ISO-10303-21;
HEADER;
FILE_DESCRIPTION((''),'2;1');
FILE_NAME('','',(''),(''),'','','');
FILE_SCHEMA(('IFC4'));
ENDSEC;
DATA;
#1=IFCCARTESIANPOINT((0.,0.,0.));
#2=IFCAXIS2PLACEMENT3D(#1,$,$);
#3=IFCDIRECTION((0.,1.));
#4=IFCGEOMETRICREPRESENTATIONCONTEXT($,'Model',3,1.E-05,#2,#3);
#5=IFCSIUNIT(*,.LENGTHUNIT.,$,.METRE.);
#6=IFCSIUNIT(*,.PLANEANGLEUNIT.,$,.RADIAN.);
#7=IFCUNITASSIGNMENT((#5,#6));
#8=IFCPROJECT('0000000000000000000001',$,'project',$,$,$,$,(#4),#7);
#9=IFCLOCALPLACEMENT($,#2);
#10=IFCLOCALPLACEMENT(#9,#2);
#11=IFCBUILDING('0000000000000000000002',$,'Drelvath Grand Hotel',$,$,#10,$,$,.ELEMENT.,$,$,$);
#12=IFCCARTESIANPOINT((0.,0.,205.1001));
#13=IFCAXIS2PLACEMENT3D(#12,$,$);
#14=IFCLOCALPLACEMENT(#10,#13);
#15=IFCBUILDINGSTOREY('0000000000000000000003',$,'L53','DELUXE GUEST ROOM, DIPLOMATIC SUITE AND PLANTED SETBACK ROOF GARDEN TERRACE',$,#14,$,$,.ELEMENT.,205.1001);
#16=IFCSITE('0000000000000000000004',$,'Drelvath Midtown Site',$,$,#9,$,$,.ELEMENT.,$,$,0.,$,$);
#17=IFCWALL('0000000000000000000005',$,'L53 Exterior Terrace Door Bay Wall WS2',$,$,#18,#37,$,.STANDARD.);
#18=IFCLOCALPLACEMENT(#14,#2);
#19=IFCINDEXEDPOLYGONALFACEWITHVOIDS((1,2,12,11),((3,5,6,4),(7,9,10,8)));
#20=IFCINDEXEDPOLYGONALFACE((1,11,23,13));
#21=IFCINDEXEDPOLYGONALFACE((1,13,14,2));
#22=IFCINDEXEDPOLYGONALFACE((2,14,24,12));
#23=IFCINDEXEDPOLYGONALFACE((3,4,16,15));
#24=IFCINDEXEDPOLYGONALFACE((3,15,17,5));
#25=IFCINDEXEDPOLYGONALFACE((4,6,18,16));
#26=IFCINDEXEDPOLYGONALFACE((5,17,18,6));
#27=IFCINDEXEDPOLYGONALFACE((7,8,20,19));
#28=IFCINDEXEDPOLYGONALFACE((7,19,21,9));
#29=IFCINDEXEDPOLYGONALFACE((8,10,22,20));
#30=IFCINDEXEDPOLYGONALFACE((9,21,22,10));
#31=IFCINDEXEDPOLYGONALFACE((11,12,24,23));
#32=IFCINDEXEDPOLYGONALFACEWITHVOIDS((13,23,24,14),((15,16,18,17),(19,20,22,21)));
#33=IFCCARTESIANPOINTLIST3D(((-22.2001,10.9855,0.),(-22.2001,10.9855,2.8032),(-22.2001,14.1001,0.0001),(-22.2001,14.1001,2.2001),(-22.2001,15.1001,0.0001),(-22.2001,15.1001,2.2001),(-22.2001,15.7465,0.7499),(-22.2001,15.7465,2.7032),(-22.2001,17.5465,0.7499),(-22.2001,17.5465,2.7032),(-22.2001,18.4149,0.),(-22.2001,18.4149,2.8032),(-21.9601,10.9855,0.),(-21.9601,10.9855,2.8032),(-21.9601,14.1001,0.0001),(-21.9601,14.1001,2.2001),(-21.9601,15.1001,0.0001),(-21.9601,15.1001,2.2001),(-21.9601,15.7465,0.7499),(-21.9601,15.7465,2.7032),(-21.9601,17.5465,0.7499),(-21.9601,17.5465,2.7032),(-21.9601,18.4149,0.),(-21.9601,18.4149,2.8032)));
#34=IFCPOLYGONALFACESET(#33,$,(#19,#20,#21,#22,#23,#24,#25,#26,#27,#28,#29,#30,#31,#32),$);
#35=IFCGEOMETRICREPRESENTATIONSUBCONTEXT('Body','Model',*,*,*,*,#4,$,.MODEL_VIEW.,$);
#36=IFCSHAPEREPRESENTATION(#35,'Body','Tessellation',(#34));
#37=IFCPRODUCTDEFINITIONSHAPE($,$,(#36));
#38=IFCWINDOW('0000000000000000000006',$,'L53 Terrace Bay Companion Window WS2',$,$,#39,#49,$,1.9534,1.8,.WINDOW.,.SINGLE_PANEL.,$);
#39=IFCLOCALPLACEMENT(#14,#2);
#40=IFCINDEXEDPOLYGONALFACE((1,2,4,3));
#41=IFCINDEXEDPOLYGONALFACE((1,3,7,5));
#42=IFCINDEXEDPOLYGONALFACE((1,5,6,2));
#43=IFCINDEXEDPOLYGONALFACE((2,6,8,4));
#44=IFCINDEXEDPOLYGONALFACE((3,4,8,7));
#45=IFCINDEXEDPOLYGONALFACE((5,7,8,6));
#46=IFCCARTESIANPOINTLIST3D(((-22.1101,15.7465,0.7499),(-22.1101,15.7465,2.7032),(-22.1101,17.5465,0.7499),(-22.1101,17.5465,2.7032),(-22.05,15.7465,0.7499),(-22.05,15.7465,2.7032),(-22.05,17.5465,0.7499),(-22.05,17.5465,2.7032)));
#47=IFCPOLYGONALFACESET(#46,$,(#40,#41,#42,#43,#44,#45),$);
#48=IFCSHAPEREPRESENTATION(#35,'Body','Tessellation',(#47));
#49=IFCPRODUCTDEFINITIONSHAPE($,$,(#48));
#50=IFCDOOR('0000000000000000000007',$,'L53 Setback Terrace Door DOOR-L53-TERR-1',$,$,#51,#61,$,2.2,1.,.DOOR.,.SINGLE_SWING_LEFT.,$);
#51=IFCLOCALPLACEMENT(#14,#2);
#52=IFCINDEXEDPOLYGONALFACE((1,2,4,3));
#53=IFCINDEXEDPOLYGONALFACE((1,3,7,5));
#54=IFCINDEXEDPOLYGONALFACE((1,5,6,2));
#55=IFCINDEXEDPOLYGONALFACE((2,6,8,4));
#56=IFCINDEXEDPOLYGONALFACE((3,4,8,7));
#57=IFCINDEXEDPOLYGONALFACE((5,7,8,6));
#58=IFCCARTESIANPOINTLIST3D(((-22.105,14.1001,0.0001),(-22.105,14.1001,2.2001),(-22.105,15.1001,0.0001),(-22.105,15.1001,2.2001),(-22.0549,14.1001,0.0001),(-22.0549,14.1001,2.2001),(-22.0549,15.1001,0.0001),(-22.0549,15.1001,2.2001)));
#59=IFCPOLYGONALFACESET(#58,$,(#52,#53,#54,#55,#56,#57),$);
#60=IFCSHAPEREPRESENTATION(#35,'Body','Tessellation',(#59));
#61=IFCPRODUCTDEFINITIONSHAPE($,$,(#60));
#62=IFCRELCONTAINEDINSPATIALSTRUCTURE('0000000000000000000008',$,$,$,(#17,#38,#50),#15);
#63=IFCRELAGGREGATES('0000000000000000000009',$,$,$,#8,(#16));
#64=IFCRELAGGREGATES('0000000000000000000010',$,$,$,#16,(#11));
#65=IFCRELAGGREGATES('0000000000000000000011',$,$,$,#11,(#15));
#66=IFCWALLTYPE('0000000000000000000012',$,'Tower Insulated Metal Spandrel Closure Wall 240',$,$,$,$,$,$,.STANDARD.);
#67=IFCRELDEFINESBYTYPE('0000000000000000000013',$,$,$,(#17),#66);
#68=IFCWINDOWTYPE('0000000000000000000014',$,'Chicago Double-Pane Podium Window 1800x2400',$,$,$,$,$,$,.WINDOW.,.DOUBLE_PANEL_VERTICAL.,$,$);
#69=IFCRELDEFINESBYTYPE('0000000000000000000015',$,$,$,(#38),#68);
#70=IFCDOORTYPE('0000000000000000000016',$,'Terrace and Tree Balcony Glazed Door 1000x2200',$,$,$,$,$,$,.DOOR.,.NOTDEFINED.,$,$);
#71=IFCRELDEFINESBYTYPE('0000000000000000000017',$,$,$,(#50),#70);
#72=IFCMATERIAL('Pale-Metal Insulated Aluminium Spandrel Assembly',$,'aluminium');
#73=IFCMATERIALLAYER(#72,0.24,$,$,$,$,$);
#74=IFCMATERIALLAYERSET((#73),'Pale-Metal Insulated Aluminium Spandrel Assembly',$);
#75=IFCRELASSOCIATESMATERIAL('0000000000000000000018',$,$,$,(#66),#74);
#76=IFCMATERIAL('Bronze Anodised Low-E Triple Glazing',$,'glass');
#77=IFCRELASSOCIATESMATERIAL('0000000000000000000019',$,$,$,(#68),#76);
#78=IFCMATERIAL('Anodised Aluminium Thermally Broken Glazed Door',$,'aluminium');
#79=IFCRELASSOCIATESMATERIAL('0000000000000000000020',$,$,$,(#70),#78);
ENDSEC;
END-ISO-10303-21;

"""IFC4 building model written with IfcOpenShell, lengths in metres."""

from ifc_helpers import new_model, si_unit, direction, frame, frame_2d, origin, place, context, subcontext, project, spatial, rectangle, extrude, material, layer, layer_set, type_object, element, fill, save


model = new_model("IFC4")

# Units and contexts
model_context = context("Model", 3, precision=1e-05, world=origin(), true_north=direction((0.0, 1.0)))
body_context = subcontext(model_context, "Body", "Model", "MODEL_VIEW")
ifc_project = project(units=[si_unit("LENGTHUNIT", "METRE"), si_unit("PLANEANGLEUNIT", "RADIAN")], contexts=[model_context])

# Site, building, storey
site_placement = place(None, origin())
site = spatial("IfcSite", under=ifc_project, at=site_placement, Name="Drelvath Midtown Site", CompositionType="ELEMENT", RefElevation=0.0)
building_placement = place(site_placement, origin())
building = spatial("IfcBuilding", under=site, at=building_placement, Name="Drelvath Grand Hotel", CompositionType="ELEMENT")
storey_placement = place(building_placement, frame((0.0, 0.0, 205.1001)))
storey = spatial("IfcBuildingStorey", under=building, at=storey_placement, Name="L53", Description="DELUXE GUEST ROOM, DIPLOMATIC SUITE AND PLANTED SETBACK ROOF GARDEN TERRACE", CompositionType="ELEMENT", Elevation=205.1001)

# Wall, openings, window, door
ifc_material_1 = material(Name="Pale-Metal Insulated Aluminium Spandrel Assembly", Category="aluminium")
ifc_layer_1 = layer(ifc_material_1, 0.24)
ifc_layer_set_1 = layer_set([ifc_layer_1], Name="Pale-Metal Insulated Aluminium Spandrel Assembly")
wall_type_1 = type_object("IfcWallType", Name="Tower Insulated Metal Spandrel Closure Wall 240", PredefinedType="STANDARD", material=ifc_layer_set_1)
wall_1_placement = place(storey_placement, frame((-22.0801, 10.9854, 0.0), z_axis=(0.0, 0.0, 1.0), x_axis=(0.0, 1.0, 0.0)))
wall_1 = element("IfcWall", 1, at=wall_1_placement, inside=storey, type_object=wall_type_1, Name="L53 Exterior Terrace Door Bay Wall WS2", PredefinedType="STANDARD", context=body_context, shape_type="SweptSolid", body=[
    extrude(rectangle(XDim=7.4294, YDim=0.24, at=frame_2d((3.7148, 0.0))), origin(), (0.0, 0.0, 1.0), 2.8032),
])
opening_1_placement = place(wall_1_placement, frame((3.1147, 0.0, 0.0)))
opening_1 = element("IfcOpeningElement", 2, at=opening_1_placement, cuts=wall_1, PredefinedType="OPENING", context=body_context, shape_type="SweptSolid", body=[
    extrude(rectangle(XDim=1.0, YDim=2.2, at=frame_2d((0.5, 1.1001))), frame((0.0, 0.1299, 0.0), z_axis=(0.0, -1.0, 0.0), x_axis=(1.0, 0.0, 0.0)), (0.0, 0.0, 1.0), 0.26),
])
opening_2_placement = place(wall_1_placement, frame((4.7612, 0.0, 0.75)))
opening_2 = element("IfcOpeningElement", 3, at=opening_2_placement, cuts=wall_1, PredefinedType="OPENING", context=body_context, shape_type="SweptSolid", body=[
    extrude(rectangle(XDim=1.8, YDim=1.9534, at=frame_2d((0.8999, 0.9766))), frame((0.0, 0.1299, 0.0), z_axis=(0.0, -1.0, 0.0), x_axis=(1.0, 0.0, 0.0)), (0.0, 0.0, 1.0), 0.26),
])
ifc_material_2 = material(Name="Bronze Anodised Low-E Triple Glazing", Category="glass")
window_type = type_object("IfcWindowType", Name="Chicago Double-Pane Podium Window 1800x2400", PartitioningType="DOUBLE_PANEL_VERTICAL", PredefinedType="WINDOW", material=ifc_material_2)
window_placement = place(opening_2_placement, origin())
window = element("IfcWindow", 4, at=window_placement, inside=storey, type_object=window_type, Name="L53 Terrace Bay Companion Window WS2", OverallHeight=1.9534, OverallWidth=1.8, PartitioningType="SINGLE_PANEL", PredefinedType="WINDOW", context=body_context, shape_type="SweptSolid", body=[
    extrude(rectangle(XDim=1.8, YDim=1.9534, at=frame_2d((0.8999, 0.9766))), frame((0.0, 0.03, 0.0), z_axis=(0.0, -1.0, 0.0), x_axis=(1.0, 0.0, 0.0)), (0.0, 0.0, 1.0), 0.0601),
])
fill(opening_2, window)
ifc_material_3 = material(Name="Anodised Aluminium Thermally Broken Glazed Door", Category="aluminium")
door_type_1 = type_object("IfcDoorType", Name="Terrace and Tree Balcony Glazed Door 1000x2200", OperationType="NOTDEFINED", PredefinedType="DOOR", material=ifc_material_3)
door_1_placement = place(opening_1_placement, origin())
door_1 = element("IfcDoor", 5, at=door_1_placement, inside=storey, type_object=door_type_1, Name="L53 Setback Terrace Door DOOR-L53-TERR-1", OperationType="SINGLE_SWING_LEFT", OverallHeight=2.2, OverallWidth=1.0, PredefinedType="DOOR", context=body_context, shape_type="SweptSolid", body=[
    extrude(rectangle(XDim=1.0, YDim=2.2, at=frame_2d((0.5, 1.1001))), frame((0.0, 0.0249, 0.0), z_axis=(0.0, -1.0, 0.0), x_axis=(1.0, 0.0, 0.0)), (0.0, 0.0, 1.0), 0.05),
])
fill(opening_1, door_1)

save(model, "model.ifc")
